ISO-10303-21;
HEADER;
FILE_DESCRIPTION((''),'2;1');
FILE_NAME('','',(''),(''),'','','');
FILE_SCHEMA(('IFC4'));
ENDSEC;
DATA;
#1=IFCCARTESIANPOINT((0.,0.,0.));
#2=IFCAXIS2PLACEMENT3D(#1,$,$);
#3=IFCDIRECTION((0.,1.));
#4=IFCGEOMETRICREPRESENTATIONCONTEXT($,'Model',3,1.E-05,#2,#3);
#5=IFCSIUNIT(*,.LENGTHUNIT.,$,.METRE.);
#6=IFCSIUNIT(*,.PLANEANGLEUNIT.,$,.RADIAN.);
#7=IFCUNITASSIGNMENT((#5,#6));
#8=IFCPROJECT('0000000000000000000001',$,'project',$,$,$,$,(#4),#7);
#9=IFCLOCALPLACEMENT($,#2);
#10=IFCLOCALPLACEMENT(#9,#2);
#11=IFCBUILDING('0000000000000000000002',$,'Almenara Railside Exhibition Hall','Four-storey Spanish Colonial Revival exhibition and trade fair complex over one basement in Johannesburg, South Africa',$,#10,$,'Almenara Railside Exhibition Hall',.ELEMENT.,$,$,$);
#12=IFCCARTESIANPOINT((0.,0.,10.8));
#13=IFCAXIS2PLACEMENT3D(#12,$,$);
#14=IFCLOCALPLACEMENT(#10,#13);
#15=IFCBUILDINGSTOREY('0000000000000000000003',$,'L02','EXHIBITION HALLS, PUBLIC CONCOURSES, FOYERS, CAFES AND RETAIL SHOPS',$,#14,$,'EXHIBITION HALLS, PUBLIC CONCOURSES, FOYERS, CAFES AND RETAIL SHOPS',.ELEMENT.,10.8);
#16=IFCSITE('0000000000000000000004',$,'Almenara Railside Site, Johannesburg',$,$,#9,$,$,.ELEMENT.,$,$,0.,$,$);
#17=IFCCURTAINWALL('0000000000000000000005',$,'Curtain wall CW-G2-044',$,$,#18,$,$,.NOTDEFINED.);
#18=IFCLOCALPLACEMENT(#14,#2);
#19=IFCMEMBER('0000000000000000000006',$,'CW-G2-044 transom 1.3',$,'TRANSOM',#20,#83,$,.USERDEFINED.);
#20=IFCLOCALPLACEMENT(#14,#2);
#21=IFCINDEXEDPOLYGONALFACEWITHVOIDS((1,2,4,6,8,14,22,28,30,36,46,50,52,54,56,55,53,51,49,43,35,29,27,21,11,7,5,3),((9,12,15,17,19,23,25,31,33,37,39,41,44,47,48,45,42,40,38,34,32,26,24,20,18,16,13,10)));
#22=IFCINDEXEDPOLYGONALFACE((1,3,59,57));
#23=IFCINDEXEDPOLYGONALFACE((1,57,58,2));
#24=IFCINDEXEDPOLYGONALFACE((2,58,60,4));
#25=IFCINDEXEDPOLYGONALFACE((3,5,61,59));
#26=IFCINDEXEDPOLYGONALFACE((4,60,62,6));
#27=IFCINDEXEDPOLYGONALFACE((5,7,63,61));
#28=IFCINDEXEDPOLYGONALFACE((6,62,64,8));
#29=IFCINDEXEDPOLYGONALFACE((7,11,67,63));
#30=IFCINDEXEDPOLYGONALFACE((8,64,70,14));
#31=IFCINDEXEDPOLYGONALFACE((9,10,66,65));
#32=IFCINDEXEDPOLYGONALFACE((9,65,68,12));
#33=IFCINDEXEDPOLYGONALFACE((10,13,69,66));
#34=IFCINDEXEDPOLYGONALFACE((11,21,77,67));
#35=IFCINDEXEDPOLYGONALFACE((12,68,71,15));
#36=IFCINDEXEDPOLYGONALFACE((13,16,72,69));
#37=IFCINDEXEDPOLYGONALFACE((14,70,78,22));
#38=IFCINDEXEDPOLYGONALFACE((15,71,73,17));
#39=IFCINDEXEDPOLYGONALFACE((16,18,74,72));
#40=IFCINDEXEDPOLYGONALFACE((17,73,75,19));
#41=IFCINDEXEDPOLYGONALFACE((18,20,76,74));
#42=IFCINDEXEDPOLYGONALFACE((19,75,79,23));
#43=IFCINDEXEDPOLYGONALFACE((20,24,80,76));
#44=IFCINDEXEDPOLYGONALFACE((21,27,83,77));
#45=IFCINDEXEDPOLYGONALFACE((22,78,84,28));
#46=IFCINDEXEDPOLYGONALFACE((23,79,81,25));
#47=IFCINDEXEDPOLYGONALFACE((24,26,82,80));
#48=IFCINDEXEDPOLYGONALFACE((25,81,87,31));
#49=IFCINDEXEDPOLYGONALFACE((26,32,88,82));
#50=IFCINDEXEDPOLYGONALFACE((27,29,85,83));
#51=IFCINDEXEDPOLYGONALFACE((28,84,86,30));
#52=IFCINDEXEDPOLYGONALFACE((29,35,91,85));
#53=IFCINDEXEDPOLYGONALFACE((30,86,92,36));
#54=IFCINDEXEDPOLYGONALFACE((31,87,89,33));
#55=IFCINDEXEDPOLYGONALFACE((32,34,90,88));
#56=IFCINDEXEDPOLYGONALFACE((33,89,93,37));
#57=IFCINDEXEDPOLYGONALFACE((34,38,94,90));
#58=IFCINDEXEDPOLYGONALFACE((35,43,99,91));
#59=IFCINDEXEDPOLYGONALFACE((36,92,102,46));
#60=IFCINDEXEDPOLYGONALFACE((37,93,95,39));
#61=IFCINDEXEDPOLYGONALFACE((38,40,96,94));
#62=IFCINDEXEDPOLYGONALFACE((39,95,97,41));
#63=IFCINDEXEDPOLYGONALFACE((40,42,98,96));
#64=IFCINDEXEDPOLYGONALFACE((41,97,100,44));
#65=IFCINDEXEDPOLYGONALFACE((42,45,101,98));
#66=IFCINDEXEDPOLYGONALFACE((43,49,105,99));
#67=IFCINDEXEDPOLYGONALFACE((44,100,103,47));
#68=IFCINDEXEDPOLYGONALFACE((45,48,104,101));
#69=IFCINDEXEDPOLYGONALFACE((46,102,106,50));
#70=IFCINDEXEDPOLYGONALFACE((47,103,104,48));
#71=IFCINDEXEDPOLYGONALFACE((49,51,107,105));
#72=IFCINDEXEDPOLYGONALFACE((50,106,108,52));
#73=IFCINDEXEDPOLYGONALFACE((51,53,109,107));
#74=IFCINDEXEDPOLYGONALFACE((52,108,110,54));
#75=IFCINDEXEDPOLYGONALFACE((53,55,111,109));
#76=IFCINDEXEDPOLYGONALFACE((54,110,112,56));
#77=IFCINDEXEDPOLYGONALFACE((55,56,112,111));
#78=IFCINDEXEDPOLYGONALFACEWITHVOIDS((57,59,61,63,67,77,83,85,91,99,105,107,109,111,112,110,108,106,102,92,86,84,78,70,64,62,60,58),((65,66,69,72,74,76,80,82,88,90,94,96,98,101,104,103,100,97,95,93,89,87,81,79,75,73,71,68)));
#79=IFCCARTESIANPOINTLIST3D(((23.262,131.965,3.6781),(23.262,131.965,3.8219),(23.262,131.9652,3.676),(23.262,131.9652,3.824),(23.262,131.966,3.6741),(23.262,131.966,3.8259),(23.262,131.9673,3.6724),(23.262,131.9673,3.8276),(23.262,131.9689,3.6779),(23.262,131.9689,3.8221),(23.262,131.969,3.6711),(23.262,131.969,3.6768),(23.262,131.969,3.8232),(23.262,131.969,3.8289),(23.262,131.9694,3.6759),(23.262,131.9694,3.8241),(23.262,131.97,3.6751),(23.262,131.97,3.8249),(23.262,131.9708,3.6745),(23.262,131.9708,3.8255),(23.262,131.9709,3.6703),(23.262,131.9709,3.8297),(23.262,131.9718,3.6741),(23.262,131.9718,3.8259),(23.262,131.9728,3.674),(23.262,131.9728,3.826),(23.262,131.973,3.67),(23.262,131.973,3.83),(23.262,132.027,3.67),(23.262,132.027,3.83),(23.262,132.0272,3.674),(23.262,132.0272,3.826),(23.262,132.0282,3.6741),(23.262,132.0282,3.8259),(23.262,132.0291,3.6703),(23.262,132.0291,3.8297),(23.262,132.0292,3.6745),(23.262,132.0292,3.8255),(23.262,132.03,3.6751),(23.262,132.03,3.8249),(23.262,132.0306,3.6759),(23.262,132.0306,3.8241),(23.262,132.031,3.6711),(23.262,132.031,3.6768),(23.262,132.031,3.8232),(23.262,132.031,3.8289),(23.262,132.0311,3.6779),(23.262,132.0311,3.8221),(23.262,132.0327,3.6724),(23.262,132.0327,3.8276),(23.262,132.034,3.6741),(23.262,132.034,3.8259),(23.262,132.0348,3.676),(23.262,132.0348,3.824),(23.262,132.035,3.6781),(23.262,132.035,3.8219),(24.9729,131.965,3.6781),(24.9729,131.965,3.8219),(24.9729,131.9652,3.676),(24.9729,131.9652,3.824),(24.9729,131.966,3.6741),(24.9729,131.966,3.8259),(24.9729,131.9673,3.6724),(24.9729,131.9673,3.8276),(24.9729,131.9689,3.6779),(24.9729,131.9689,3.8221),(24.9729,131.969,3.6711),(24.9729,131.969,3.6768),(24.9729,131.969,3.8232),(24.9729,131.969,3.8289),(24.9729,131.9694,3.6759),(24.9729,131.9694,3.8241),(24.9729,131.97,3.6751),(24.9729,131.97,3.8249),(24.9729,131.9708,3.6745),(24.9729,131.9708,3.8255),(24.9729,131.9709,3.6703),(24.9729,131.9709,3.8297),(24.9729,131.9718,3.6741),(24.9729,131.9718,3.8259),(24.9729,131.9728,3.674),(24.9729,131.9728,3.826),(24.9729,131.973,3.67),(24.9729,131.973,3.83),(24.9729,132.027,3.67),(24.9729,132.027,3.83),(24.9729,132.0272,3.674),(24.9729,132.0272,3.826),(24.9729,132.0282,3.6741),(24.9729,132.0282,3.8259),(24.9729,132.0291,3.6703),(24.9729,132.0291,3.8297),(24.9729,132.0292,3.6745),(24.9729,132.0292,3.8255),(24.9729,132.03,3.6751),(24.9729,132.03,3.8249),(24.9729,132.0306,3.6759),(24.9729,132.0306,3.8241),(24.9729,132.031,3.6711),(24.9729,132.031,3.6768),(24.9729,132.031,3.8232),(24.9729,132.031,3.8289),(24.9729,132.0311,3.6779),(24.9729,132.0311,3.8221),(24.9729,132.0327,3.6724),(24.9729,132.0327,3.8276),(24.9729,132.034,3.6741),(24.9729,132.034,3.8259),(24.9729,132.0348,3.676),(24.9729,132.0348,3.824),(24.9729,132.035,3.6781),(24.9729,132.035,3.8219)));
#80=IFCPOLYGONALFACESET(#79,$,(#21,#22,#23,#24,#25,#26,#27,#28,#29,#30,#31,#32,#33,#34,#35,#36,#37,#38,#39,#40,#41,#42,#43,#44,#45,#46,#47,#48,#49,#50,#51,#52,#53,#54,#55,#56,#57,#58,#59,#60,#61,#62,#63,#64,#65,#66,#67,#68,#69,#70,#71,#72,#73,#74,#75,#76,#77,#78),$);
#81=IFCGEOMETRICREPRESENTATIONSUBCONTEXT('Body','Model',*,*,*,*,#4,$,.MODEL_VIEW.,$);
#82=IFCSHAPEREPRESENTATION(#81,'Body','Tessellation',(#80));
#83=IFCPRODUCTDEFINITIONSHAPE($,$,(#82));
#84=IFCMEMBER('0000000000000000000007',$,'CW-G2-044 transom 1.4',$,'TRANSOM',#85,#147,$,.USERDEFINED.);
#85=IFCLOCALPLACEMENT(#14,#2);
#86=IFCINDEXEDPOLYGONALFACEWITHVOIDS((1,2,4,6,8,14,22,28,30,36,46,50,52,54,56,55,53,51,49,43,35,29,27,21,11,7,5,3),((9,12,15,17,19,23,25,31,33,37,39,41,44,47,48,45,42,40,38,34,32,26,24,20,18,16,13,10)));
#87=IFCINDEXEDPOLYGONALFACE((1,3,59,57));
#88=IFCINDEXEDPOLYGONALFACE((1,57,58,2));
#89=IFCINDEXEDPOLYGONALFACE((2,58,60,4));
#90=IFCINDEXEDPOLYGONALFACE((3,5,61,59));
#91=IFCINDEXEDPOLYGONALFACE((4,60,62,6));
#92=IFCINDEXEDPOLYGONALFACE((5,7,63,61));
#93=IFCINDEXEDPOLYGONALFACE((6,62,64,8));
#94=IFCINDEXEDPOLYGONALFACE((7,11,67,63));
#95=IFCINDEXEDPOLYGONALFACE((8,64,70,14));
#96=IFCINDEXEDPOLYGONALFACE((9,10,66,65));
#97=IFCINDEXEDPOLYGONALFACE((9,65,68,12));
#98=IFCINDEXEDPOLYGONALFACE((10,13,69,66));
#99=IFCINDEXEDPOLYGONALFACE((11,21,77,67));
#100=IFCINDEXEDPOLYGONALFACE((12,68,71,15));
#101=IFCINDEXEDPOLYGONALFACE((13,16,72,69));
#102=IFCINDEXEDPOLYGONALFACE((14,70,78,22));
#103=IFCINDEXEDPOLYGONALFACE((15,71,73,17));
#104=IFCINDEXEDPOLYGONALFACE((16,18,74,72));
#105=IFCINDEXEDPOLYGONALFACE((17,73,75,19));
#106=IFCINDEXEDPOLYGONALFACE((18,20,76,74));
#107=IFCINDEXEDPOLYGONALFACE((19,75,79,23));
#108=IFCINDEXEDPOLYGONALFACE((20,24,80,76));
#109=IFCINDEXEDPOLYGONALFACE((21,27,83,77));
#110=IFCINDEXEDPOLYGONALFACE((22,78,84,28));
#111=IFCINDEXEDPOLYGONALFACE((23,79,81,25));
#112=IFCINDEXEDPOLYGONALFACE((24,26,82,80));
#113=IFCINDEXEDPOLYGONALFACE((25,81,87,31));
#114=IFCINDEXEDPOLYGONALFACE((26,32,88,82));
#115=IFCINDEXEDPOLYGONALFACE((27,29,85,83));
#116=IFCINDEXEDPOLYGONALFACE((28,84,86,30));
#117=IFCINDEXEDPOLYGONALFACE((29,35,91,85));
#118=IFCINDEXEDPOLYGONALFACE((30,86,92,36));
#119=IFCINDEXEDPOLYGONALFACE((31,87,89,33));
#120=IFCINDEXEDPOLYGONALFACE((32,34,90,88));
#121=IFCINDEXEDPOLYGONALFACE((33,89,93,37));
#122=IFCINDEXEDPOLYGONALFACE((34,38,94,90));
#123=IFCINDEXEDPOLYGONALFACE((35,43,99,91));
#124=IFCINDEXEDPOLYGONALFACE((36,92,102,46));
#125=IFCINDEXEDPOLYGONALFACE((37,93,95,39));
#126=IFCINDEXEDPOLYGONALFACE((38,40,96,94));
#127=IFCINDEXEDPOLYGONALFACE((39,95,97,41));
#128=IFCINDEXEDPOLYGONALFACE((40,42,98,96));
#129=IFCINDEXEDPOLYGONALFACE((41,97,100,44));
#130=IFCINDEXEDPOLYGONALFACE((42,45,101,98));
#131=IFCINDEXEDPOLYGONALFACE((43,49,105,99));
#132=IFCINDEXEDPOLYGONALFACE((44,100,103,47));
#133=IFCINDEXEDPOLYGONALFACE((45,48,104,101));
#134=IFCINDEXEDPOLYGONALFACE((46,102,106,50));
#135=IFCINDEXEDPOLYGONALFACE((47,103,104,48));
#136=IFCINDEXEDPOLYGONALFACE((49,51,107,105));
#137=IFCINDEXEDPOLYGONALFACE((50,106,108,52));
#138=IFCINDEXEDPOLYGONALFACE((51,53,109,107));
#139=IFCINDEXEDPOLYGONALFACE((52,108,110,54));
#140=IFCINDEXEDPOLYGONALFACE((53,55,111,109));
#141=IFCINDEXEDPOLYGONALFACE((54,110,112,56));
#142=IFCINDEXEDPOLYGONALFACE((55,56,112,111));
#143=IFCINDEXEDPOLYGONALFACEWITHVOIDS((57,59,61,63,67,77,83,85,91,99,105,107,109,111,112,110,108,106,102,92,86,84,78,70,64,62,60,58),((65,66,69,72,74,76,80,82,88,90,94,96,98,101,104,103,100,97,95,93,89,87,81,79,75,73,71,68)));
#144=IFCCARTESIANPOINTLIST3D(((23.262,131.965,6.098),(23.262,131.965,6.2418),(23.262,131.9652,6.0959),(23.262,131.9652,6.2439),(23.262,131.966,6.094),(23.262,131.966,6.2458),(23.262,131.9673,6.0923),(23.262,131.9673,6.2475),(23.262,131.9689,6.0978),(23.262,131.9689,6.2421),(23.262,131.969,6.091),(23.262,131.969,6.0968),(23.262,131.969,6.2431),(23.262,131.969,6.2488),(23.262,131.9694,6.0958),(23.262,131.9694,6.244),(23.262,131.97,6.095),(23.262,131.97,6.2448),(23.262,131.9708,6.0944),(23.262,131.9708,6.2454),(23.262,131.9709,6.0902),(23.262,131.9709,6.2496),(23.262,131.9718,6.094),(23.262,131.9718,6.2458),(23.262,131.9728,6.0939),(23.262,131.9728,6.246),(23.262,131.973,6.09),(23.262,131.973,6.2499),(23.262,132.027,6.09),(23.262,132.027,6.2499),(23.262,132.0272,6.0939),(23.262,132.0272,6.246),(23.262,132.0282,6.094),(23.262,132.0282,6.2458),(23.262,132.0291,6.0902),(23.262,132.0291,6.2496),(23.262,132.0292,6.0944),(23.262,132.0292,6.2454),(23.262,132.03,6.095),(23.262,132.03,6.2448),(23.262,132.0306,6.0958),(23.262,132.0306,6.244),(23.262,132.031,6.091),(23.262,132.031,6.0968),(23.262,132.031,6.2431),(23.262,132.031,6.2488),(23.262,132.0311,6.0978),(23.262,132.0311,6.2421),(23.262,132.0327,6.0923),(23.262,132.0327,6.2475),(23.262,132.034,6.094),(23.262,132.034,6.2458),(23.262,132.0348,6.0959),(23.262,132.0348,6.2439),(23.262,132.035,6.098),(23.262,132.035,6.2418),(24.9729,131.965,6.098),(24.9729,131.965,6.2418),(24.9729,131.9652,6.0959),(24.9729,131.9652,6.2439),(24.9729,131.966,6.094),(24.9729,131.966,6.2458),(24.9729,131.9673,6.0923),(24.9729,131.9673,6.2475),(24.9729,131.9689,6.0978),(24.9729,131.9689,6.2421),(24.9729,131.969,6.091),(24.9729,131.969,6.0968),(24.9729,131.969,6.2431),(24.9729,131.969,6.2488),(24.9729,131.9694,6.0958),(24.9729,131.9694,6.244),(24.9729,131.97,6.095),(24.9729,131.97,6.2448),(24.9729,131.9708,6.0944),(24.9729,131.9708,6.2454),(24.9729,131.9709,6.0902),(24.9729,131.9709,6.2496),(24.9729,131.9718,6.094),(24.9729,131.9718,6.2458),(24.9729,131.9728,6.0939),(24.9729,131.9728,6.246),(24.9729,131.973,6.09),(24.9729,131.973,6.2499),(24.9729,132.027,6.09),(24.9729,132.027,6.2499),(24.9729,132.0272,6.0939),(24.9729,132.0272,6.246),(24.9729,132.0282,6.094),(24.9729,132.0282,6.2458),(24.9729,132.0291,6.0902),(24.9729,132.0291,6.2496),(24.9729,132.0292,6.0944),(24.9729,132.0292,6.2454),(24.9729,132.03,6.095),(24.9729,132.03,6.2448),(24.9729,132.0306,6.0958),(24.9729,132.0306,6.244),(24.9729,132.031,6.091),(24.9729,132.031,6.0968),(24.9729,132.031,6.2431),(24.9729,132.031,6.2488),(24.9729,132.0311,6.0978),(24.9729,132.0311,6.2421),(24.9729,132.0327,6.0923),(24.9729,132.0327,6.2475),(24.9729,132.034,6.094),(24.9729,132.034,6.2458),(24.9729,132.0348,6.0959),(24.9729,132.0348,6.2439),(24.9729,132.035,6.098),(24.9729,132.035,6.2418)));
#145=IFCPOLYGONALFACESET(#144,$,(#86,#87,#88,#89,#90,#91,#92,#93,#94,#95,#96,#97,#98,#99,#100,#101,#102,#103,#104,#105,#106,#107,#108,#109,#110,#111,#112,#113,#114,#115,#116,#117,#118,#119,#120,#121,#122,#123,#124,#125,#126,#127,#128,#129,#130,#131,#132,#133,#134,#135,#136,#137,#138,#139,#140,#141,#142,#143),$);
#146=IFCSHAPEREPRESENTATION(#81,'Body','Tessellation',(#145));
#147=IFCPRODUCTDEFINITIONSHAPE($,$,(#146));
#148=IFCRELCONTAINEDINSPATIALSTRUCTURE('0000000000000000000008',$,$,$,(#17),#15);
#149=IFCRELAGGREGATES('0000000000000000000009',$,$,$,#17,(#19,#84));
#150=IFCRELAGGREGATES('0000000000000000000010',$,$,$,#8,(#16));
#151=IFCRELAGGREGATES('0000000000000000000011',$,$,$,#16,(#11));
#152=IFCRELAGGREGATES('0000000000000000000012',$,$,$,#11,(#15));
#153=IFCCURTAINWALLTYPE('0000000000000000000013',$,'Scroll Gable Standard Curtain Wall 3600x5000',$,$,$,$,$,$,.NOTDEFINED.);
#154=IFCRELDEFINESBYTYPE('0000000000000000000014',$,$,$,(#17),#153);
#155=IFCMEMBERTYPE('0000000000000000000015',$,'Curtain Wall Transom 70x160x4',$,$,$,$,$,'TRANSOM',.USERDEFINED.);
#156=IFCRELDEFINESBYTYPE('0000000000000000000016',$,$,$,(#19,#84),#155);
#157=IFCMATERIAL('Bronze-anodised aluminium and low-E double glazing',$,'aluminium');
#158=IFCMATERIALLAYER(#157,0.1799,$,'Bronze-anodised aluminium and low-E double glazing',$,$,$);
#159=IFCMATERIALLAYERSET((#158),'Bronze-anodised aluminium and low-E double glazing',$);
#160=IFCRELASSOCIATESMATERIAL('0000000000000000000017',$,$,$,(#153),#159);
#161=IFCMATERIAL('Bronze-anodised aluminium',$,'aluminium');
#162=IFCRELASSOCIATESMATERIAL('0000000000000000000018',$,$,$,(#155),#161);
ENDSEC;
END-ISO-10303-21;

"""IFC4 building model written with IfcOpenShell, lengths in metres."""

from ifc_helpers import new_model, si_unit, direction, frame, origin, origin_2d, place, context, subcontext, project, spatial, hollow_rectangle, extrude, material, layer, layer_set, material_profile, profile_set, type_object, element, aggregate, save


model = new_model("IFC4")

# Units and contexts
model_context = context("Model", 3, precision=1e-05, world=origin(), true_north=direction((0.0, 1.0)))
body_context = subcontext(model_context, "Body", "Model", "MODEL_VIEW")
ifc_project = project(units=[si_unit("LENGTHUNIT", "METRE"), si_unit("PLANEANGLEUNIT", "RADIAN")], contexts=[model_context])

# Site, building, storey
site_placement = place(None, origin())
site = spatial("IfcSite", under=ifc_project, at=site_placement, Name="Almenara Railside Site, Johannesburg", CompositionType="ELEMENT", RefElevation=0.0)
building_placement = place(site_placement, origin())
building = spatial("IfcBuilding", under=site, at=building_placement, Name="Almenara Railside Exhibition Hall", Description="Four-storey Spanish Colonial Revival exhibition and trade fair complex over one basement in Johannesburg, South Africa", LongName="Almenara Railside Exhibition Hall", CompositionType="ELEMENT")
storey_placement = place(building_placement, frame((0.0, 0.0, 10.8)))
storey = spatial("IfcBuildingStorey", under=building, at=storey_placement, Name="L02", Description="EXHIBITION HALLS, PUBLIC CONCOURSES, FOYERS, CAFES AND RETAIL SHOPS", LongName="EXHIBITION HALLS, PUBLIC CONCOURSES, FOYERS, CAFES AND RETAIL SHOPS", CompositionType="ELEMENT", Elevation=10.8)

# Curtain wall, members
ifc_material_1 = material(Name="Bronze-anodised aluminium and low-E double glazing", Category="aluminium")
ifc_layer_1 = layer(ifc_material_1, 0.1799, Name="Bronze-anodised aluminium and low-E double glazing")
ifc_layer_set_1 = layer_set([ifc_layer_1], Name="Bronze-anodised aluminium and low-E double glazing")
curtain_wall_type = type_object("IfcCurtainWallType", Name="Scroll Gable Standard Curtain Wall 3600x5000", PredefinedType="NOTDEFINED", material=ifc_layer_set_1)
curtain_wall_placement = place(storey_placement, origin())
curtain_wall = element("IfcCurtainWall", 1, at=curtain_wall_placement, inside=storey, type_object=curtain_wall_type, Name="Curtain wall CW-G2-044", PredefinedType="NOTDEFINED")
ifc_material_2 = material(Name="Bronze-anodised aluminium", Category="aluminium")
ifc_material_profile_1 = material_profile(ifc_material_2, hollow_rectangle(XDim=0.0701, YDim=0.1599, WallThickness=0.0039, InnerFilletRadius=0.0039, OuterFilletRadius=0.0081, at=origin_2d()), Name="ALU-TRN 70x160x4")
ifc_profile_set_1 = profile_set([ifc_material_profile_1], Name="Bronze-anodised aluminium")
member_type_1 = type_object("IfcMemberType", Name="Curtain Wall Transom 70x160x4", ElementType="TRANSOM", PredefinedType="USERDEFINED", material=ifc_profile_set_1)
member_1_placement = place(storey_placement, frame((23.262, 132.0, 3.75), z_axis=(1.0, 0.0, 0.0), x_axis=(0.0, 1.0, 0.0)))
member_1 = element("IfcMember", 2, at=member_1_placement, type_object=member_type_1, Name="CW-G2-044 transom 1.3", ObjectType="TRANSOM", PredefinedType="USERDEFINED", context=body_context, shape_type="SweptSolid", body=[
    extrude(hollow_rectangle(XDim=0.0701, YDim=0.1599, WallThickness=0.0039, InnerFilletRadius=0.0039, OuterFilletRadius=0.0081, at=origin_2d()), origin(), (0.0, 0.0, 1.0), 1.7109),
])
member_2_placement = place(storey_placement, frame((23.262, 132.0, 6.1699), z_axis=(1.0, 0.0, 0.0), x_axis=(0.0, 1.0, 0.0)))
member_2 = element("IfcMember", 3, at=member_2_placement, type_object=member_type_1, Name="CW-G2-044 transom 1.4", ObjectType="TRANSOM", PredefinedType="USERDEFINED", context=body_context, shape_type="SweptSolid", body=[
    extrude(hollow_rectangle(XDim=0.0701, YDim=0.1599, WallThickness=0.0039, InnerFilletRadius=0.0039, OuterFilletRadius=0.0081, at=origin_2d()), origin(), (0.0, 0.0, 1.0), 1.7109),
])

aggregate(curtain_wall, [member_1, member_2])

save(model, "model.ifc")
